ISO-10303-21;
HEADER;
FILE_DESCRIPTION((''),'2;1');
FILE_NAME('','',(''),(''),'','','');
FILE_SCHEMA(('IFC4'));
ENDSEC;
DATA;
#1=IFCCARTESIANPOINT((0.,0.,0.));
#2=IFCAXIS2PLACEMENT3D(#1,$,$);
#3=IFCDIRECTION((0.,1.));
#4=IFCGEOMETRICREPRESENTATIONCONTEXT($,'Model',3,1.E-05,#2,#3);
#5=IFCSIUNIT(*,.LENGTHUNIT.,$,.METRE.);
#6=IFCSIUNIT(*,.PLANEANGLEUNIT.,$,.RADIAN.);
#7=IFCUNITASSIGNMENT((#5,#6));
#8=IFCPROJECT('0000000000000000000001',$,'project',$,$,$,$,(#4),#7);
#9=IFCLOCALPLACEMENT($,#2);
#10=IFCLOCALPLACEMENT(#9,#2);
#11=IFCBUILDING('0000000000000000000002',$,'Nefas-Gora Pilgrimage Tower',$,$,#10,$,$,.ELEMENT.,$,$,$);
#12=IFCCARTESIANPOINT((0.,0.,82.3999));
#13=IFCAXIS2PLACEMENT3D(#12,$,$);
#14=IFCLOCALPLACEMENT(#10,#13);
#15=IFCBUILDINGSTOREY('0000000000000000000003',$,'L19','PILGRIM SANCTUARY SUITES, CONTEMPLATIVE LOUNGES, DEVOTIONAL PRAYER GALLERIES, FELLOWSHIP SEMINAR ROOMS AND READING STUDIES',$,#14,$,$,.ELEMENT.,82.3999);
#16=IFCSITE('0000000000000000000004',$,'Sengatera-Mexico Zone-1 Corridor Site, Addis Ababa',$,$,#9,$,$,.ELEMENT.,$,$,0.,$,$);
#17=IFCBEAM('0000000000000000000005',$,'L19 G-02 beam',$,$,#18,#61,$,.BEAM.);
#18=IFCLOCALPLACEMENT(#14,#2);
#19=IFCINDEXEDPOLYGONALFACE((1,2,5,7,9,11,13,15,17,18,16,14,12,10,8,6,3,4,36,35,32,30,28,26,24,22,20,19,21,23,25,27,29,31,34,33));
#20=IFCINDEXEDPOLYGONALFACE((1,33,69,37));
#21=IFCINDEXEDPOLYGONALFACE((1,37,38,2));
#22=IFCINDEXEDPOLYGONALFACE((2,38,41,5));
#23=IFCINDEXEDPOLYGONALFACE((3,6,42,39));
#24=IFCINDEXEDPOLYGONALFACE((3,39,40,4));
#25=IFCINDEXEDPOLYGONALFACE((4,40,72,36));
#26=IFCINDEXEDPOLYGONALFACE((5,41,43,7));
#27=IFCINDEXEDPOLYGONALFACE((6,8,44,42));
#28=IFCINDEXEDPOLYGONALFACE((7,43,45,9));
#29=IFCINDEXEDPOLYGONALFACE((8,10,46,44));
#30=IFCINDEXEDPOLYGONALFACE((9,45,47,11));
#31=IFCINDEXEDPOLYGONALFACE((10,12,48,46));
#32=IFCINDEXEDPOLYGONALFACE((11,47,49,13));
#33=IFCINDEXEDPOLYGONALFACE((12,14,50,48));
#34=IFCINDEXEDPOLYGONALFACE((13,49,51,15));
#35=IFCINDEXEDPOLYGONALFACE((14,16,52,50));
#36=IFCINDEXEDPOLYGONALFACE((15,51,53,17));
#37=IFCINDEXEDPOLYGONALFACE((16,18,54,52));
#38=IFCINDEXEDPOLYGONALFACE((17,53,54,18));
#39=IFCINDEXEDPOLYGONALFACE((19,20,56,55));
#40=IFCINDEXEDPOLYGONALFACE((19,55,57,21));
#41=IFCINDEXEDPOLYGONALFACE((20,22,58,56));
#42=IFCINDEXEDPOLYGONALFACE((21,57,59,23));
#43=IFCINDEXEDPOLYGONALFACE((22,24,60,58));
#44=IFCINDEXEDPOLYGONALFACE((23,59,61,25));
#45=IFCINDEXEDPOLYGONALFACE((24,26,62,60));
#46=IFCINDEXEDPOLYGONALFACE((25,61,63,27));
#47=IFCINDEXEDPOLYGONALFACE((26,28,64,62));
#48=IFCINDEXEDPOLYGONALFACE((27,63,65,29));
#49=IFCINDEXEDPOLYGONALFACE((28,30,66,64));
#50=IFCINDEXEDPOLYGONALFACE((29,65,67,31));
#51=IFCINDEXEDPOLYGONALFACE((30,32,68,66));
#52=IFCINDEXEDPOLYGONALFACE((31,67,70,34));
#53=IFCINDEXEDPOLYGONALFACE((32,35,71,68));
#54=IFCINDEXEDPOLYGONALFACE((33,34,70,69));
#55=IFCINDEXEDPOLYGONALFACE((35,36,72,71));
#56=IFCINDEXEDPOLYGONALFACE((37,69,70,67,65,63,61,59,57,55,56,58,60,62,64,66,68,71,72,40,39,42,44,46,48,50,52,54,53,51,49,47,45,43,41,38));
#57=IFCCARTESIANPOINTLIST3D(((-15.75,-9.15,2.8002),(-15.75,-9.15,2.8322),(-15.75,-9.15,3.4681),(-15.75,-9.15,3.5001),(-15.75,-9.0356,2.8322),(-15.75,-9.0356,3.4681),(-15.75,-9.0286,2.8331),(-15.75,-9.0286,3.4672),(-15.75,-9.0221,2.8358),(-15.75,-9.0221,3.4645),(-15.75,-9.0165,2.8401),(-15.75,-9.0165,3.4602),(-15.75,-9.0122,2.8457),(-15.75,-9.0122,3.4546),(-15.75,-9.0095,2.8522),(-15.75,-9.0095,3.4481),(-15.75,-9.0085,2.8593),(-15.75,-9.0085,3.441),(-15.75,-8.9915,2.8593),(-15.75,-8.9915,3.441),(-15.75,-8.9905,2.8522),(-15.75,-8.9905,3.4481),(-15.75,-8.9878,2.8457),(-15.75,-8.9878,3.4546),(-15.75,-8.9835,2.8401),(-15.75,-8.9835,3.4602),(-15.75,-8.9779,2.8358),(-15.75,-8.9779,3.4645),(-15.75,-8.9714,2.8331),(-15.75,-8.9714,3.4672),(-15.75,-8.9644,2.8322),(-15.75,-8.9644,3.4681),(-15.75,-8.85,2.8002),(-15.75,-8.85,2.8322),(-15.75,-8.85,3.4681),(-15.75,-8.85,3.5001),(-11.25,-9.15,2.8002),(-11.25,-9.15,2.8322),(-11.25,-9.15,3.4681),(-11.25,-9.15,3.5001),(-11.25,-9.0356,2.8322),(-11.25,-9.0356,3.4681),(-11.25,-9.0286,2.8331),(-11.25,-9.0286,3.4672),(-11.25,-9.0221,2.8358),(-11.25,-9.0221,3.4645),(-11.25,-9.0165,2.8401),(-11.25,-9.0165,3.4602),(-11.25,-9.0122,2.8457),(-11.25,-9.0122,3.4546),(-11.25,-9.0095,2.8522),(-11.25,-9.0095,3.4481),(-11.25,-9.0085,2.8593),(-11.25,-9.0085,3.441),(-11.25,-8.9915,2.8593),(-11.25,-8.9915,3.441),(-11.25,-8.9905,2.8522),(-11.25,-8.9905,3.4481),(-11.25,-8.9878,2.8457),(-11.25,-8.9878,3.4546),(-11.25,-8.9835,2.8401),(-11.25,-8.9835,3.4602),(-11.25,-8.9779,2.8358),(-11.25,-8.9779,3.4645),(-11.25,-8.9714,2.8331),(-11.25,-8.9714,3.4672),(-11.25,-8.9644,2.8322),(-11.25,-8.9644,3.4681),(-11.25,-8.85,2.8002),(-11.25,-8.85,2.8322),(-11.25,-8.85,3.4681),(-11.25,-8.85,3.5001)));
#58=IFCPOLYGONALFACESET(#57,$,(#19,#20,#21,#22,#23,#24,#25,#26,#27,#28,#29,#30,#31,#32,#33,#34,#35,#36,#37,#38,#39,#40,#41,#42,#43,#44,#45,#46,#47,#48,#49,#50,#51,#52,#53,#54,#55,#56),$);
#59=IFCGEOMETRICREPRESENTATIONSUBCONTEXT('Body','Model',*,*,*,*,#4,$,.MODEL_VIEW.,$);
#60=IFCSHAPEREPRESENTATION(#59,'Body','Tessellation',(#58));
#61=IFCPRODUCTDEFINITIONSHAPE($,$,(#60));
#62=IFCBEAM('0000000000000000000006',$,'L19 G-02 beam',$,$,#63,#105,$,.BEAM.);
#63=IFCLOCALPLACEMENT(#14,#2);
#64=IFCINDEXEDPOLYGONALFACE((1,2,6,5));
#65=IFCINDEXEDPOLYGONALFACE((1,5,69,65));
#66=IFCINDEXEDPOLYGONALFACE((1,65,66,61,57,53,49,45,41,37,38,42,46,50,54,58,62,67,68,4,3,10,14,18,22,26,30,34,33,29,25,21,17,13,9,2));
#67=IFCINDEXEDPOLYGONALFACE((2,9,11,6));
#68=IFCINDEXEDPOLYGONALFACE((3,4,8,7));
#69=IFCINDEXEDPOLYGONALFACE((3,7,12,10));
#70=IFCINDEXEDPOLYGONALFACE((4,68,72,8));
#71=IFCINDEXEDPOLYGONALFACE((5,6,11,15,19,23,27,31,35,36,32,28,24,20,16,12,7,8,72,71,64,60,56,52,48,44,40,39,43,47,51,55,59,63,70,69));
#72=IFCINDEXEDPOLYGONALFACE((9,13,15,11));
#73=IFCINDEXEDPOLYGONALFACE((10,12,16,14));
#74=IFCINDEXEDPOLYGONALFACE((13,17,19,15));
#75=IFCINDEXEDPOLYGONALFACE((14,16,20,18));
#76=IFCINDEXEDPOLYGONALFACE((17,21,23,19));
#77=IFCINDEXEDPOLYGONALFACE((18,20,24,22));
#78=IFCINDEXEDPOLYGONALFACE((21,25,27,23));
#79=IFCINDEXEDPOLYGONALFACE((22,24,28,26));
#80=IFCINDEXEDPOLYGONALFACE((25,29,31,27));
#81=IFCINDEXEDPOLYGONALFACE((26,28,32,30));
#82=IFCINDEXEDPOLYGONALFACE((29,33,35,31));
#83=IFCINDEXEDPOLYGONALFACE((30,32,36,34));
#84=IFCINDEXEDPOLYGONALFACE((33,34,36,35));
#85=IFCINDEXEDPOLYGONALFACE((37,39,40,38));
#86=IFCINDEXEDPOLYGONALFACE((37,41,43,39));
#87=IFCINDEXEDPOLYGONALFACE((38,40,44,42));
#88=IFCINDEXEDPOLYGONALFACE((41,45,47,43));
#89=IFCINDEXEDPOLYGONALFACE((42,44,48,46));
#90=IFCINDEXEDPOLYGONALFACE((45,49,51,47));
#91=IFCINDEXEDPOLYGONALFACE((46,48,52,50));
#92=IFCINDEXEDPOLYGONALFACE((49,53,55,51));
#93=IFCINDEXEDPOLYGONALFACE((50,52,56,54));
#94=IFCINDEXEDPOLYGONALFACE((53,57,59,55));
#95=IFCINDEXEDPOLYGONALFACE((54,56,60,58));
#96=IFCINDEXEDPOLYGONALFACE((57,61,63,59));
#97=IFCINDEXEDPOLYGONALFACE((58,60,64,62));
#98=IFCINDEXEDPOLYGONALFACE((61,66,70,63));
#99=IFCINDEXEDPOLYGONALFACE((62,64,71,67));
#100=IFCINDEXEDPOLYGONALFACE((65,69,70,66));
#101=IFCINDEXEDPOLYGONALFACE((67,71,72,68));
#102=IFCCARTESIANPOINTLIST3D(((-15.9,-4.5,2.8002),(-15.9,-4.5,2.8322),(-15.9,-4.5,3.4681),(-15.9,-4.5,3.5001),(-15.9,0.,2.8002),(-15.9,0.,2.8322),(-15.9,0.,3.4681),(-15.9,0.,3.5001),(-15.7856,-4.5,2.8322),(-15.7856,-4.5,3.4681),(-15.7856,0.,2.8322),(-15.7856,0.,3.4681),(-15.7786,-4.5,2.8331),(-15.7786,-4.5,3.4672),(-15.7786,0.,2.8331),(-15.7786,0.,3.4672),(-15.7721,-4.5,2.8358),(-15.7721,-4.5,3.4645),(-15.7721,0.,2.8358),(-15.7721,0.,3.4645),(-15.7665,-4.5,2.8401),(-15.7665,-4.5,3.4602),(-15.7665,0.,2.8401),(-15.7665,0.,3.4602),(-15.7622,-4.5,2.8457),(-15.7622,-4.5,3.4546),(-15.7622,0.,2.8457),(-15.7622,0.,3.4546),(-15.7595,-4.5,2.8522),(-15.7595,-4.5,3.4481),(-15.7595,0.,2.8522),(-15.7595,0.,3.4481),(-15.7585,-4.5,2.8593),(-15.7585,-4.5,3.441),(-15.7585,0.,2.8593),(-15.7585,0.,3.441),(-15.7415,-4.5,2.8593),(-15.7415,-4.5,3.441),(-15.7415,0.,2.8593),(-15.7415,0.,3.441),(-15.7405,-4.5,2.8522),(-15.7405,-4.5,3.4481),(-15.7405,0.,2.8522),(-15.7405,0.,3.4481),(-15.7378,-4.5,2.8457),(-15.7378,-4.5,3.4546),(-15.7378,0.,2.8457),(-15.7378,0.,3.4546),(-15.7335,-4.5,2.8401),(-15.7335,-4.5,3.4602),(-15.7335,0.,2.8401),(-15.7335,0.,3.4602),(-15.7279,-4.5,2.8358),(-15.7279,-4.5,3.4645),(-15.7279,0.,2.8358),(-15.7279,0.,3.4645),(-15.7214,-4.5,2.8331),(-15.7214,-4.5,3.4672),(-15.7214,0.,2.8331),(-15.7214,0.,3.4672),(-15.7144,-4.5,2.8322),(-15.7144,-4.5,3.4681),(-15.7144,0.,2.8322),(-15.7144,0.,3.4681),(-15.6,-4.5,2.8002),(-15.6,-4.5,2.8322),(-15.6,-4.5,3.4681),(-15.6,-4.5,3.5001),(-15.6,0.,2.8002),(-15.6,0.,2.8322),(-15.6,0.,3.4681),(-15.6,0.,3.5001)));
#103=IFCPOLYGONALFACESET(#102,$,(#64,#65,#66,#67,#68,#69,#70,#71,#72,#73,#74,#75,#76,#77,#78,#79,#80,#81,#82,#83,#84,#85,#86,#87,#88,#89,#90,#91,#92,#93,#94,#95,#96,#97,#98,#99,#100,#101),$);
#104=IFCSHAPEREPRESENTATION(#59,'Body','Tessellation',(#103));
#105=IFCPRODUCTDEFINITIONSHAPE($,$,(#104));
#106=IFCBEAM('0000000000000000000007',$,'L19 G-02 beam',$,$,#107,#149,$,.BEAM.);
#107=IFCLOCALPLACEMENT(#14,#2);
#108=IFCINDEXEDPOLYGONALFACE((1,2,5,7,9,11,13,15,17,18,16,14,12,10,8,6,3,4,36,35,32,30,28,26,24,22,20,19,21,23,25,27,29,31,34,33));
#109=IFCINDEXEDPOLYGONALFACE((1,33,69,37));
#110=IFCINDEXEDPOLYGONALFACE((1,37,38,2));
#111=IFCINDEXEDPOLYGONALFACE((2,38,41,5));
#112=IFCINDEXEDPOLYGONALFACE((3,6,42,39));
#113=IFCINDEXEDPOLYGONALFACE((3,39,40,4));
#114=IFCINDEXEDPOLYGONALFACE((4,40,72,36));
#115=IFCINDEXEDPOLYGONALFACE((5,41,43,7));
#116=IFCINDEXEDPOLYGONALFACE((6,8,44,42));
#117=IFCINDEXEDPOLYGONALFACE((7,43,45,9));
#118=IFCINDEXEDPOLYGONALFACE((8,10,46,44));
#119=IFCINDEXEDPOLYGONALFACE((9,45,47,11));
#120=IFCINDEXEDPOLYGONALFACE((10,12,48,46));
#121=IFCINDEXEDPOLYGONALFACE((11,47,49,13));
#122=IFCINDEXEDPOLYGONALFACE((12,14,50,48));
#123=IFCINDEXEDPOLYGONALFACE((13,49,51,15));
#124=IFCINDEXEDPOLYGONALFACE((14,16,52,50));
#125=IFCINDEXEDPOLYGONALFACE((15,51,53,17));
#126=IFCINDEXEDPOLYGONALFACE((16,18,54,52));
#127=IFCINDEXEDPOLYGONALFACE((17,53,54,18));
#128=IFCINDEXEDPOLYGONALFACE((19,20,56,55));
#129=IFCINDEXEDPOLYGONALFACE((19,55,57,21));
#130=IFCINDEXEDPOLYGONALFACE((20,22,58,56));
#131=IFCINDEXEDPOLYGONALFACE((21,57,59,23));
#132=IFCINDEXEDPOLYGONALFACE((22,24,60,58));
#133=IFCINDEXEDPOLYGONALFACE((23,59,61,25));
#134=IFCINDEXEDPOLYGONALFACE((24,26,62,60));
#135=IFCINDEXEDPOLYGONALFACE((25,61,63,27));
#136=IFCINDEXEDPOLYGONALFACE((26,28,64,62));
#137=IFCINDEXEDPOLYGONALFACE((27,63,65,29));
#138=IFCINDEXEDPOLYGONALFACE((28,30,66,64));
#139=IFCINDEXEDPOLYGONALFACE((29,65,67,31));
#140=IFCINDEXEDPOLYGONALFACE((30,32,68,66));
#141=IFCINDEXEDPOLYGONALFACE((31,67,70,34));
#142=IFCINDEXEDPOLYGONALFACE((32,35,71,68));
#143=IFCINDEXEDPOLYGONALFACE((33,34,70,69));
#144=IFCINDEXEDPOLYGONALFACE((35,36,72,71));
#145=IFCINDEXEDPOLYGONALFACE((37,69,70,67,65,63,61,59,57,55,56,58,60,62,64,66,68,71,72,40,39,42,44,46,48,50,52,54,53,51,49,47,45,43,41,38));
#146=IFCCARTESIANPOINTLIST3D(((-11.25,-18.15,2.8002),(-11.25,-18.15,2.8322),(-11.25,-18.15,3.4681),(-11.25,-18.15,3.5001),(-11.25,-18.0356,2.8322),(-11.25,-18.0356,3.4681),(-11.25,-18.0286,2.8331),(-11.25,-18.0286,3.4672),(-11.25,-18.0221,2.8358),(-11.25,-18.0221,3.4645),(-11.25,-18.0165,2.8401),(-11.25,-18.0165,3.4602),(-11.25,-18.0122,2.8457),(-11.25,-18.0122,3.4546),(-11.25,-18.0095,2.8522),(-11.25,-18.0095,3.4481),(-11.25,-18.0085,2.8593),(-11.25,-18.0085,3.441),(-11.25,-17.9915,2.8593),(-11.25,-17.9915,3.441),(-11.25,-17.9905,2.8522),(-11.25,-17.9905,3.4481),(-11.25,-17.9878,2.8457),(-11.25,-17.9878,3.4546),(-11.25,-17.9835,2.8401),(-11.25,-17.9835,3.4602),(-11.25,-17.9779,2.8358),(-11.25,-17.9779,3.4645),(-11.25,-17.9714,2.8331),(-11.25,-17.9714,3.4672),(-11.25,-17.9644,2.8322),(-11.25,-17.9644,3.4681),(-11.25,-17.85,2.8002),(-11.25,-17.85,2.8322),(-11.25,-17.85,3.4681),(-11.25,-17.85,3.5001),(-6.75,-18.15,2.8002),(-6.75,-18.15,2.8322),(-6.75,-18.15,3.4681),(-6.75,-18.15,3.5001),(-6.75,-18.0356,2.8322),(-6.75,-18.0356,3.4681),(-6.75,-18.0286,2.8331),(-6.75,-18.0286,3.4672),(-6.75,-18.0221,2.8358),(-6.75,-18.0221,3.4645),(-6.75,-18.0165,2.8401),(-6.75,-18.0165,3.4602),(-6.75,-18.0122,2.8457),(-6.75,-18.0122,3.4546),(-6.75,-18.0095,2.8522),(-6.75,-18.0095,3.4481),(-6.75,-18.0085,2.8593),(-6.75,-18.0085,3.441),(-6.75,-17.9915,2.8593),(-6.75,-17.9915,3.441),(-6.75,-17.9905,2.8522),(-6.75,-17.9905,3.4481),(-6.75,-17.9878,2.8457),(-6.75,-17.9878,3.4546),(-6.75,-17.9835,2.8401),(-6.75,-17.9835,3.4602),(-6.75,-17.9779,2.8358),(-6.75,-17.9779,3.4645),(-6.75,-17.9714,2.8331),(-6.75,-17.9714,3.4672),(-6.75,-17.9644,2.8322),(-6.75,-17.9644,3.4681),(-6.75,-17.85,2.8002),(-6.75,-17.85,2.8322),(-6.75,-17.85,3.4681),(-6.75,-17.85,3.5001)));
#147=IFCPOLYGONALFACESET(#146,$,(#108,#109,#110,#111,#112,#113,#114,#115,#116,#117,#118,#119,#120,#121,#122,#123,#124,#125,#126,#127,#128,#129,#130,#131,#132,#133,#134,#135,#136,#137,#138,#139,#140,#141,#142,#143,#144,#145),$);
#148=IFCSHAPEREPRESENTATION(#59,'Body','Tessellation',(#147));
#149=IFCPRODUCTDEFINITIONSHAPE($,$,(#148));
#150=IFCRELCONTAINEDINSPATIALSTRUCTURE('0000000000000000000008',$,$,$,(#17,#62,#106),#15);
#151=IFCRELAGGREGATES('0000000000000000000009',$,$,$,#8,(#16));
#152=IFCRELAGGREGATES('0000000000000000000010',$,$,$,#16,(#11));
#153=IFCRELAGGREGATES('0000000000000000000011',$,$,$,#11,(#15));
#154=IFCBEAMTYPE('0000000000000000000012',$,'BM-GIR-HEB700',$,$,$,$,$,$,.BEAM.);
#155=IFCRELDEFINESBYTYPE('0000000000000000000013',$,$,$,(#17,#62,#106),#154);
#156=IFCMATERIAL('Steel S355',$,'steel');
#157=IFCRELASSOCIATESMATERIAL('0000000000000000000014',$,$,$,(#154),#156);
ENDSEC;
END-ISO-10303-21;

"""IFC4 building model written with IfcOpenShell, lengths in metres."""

from ifc_helpers import new_model, si_unit, direction, frame, origin, origin_2d, place, context, subcontext, project, spatial, i_section, extrude, source, transform, mapped, material, material_profile, profile_set, type_object, element, save


model = new_model("IFC4")

# Units and contexts
model_context = context("Model", 3, precision=1e-05, world=origin(), true_north=direction((0.0, 1.0)))
body_context = subcontext(model_context, "Body", "Model", "MODEL_VIEW")
ifc_project = project(units=[si_unit("LENGTHUNIT", "METRE"), si_unit("PLANEANGLEUNIT", "RADIAN")], contexts=[model_context])

# Site, building, storey
site_placement = place(None, origin())
site = spatial("IfcSite", under=ifc_project, at=site_placement, Name="Sengatera-Mexico Zone-1 Corridor Site, Addis Ababa", CompositionType="ELEMENT", RefElevation=0.0)
building_placement = place(site_placement, origin())
building = spatial("IfcBuilding", under=site, at=building_placement, Name="Nefas-Gora Pilgrimage Tower", CompositionType="ELEMENT")
storey_placement = place(building_placement, frame((0.0, 0.0, 82.3999)))
storey = spatial("IfcBuildingStorey", under=building, at=storey_placement, Name="L19", Description="PILGRIM SANCTUARY SUITES, CONTEMPLATIVE LOUNGES, DEVOTIONAL PRAYER GALLERIES, FELLOWSHIP SEMINAR ROOMS AND READING STUDIES", CompositionType="ELEMENT", Elevation=82.3999)

# Beams
ifc_material_1 = material(Name="Steel S355", Category="steel")
ifc_material_profile_1 = material_profile(ifc_material_1, i_section(OverallWidth=0.3, OverallDepth=0.7, WebThickness=0.0171, FlangeThickness=0.032, FilletRadius=0.0271, at=origin_2d()), Name="HEB 700")
ifc_profile_set_1 = profile_set([ifc_material_profile_1], Name="Steel S355")
beam_type = type_object("IfcBeamType", Name="BM-GIR-HEB700", PredefinedType="BEAM", material=ifc_profile_set_1)
shared_shape_1 = source(origin(), body_context, "Body", "SweptSolid", [
    extrude(i_section(OverallWidth=0.3, OverallDepth=0.7, WebThickness=0.0171, FlangeThickness=0.032, FilletRadius=0.0271, at=origin_2d()), origin(), (0.0, 0.0, 1.0), 4.5),
])
for number, where, z_axis, x_axis, name in (
    (1, (-15.75, -9.0, 3.1501), (1.0, 0.0, 0.0), (0.0, 1.0, 0.0), "L19 G-02 beam"),
    (2, (-15.75, -4.5, 3.1501), (0.0, 1.0, 0.0), (-1.0, 0.0, 0.0), "L19 G-02 beam"),
    (3, (-11.25, -18.0, 3.1501), (1.0, 0.0, 0.0), (0.0, 1.0, 0.0), "L19 G-02 beam"),
):
    element("IfcBeam", number, at=place(storey_placement, frame(where, z_axis=z_axis, x_axis=x_axis)), inside=storey, type_object=beam_type, Name=name, PredefinedType="BEAM", context=body_context, shape_type="MappedRepresentation", body=[
        mapped(shared_shape_1, transform((0.0, 0.0, 0.0), x_axis=(1.0, 0.0, 0.0), y_axis=(0.0, 1.0, 0.0), z_axis=(0.0, 0.0, 1.0), scale=1.0)),
    ])

save(model, "model.ifc")
